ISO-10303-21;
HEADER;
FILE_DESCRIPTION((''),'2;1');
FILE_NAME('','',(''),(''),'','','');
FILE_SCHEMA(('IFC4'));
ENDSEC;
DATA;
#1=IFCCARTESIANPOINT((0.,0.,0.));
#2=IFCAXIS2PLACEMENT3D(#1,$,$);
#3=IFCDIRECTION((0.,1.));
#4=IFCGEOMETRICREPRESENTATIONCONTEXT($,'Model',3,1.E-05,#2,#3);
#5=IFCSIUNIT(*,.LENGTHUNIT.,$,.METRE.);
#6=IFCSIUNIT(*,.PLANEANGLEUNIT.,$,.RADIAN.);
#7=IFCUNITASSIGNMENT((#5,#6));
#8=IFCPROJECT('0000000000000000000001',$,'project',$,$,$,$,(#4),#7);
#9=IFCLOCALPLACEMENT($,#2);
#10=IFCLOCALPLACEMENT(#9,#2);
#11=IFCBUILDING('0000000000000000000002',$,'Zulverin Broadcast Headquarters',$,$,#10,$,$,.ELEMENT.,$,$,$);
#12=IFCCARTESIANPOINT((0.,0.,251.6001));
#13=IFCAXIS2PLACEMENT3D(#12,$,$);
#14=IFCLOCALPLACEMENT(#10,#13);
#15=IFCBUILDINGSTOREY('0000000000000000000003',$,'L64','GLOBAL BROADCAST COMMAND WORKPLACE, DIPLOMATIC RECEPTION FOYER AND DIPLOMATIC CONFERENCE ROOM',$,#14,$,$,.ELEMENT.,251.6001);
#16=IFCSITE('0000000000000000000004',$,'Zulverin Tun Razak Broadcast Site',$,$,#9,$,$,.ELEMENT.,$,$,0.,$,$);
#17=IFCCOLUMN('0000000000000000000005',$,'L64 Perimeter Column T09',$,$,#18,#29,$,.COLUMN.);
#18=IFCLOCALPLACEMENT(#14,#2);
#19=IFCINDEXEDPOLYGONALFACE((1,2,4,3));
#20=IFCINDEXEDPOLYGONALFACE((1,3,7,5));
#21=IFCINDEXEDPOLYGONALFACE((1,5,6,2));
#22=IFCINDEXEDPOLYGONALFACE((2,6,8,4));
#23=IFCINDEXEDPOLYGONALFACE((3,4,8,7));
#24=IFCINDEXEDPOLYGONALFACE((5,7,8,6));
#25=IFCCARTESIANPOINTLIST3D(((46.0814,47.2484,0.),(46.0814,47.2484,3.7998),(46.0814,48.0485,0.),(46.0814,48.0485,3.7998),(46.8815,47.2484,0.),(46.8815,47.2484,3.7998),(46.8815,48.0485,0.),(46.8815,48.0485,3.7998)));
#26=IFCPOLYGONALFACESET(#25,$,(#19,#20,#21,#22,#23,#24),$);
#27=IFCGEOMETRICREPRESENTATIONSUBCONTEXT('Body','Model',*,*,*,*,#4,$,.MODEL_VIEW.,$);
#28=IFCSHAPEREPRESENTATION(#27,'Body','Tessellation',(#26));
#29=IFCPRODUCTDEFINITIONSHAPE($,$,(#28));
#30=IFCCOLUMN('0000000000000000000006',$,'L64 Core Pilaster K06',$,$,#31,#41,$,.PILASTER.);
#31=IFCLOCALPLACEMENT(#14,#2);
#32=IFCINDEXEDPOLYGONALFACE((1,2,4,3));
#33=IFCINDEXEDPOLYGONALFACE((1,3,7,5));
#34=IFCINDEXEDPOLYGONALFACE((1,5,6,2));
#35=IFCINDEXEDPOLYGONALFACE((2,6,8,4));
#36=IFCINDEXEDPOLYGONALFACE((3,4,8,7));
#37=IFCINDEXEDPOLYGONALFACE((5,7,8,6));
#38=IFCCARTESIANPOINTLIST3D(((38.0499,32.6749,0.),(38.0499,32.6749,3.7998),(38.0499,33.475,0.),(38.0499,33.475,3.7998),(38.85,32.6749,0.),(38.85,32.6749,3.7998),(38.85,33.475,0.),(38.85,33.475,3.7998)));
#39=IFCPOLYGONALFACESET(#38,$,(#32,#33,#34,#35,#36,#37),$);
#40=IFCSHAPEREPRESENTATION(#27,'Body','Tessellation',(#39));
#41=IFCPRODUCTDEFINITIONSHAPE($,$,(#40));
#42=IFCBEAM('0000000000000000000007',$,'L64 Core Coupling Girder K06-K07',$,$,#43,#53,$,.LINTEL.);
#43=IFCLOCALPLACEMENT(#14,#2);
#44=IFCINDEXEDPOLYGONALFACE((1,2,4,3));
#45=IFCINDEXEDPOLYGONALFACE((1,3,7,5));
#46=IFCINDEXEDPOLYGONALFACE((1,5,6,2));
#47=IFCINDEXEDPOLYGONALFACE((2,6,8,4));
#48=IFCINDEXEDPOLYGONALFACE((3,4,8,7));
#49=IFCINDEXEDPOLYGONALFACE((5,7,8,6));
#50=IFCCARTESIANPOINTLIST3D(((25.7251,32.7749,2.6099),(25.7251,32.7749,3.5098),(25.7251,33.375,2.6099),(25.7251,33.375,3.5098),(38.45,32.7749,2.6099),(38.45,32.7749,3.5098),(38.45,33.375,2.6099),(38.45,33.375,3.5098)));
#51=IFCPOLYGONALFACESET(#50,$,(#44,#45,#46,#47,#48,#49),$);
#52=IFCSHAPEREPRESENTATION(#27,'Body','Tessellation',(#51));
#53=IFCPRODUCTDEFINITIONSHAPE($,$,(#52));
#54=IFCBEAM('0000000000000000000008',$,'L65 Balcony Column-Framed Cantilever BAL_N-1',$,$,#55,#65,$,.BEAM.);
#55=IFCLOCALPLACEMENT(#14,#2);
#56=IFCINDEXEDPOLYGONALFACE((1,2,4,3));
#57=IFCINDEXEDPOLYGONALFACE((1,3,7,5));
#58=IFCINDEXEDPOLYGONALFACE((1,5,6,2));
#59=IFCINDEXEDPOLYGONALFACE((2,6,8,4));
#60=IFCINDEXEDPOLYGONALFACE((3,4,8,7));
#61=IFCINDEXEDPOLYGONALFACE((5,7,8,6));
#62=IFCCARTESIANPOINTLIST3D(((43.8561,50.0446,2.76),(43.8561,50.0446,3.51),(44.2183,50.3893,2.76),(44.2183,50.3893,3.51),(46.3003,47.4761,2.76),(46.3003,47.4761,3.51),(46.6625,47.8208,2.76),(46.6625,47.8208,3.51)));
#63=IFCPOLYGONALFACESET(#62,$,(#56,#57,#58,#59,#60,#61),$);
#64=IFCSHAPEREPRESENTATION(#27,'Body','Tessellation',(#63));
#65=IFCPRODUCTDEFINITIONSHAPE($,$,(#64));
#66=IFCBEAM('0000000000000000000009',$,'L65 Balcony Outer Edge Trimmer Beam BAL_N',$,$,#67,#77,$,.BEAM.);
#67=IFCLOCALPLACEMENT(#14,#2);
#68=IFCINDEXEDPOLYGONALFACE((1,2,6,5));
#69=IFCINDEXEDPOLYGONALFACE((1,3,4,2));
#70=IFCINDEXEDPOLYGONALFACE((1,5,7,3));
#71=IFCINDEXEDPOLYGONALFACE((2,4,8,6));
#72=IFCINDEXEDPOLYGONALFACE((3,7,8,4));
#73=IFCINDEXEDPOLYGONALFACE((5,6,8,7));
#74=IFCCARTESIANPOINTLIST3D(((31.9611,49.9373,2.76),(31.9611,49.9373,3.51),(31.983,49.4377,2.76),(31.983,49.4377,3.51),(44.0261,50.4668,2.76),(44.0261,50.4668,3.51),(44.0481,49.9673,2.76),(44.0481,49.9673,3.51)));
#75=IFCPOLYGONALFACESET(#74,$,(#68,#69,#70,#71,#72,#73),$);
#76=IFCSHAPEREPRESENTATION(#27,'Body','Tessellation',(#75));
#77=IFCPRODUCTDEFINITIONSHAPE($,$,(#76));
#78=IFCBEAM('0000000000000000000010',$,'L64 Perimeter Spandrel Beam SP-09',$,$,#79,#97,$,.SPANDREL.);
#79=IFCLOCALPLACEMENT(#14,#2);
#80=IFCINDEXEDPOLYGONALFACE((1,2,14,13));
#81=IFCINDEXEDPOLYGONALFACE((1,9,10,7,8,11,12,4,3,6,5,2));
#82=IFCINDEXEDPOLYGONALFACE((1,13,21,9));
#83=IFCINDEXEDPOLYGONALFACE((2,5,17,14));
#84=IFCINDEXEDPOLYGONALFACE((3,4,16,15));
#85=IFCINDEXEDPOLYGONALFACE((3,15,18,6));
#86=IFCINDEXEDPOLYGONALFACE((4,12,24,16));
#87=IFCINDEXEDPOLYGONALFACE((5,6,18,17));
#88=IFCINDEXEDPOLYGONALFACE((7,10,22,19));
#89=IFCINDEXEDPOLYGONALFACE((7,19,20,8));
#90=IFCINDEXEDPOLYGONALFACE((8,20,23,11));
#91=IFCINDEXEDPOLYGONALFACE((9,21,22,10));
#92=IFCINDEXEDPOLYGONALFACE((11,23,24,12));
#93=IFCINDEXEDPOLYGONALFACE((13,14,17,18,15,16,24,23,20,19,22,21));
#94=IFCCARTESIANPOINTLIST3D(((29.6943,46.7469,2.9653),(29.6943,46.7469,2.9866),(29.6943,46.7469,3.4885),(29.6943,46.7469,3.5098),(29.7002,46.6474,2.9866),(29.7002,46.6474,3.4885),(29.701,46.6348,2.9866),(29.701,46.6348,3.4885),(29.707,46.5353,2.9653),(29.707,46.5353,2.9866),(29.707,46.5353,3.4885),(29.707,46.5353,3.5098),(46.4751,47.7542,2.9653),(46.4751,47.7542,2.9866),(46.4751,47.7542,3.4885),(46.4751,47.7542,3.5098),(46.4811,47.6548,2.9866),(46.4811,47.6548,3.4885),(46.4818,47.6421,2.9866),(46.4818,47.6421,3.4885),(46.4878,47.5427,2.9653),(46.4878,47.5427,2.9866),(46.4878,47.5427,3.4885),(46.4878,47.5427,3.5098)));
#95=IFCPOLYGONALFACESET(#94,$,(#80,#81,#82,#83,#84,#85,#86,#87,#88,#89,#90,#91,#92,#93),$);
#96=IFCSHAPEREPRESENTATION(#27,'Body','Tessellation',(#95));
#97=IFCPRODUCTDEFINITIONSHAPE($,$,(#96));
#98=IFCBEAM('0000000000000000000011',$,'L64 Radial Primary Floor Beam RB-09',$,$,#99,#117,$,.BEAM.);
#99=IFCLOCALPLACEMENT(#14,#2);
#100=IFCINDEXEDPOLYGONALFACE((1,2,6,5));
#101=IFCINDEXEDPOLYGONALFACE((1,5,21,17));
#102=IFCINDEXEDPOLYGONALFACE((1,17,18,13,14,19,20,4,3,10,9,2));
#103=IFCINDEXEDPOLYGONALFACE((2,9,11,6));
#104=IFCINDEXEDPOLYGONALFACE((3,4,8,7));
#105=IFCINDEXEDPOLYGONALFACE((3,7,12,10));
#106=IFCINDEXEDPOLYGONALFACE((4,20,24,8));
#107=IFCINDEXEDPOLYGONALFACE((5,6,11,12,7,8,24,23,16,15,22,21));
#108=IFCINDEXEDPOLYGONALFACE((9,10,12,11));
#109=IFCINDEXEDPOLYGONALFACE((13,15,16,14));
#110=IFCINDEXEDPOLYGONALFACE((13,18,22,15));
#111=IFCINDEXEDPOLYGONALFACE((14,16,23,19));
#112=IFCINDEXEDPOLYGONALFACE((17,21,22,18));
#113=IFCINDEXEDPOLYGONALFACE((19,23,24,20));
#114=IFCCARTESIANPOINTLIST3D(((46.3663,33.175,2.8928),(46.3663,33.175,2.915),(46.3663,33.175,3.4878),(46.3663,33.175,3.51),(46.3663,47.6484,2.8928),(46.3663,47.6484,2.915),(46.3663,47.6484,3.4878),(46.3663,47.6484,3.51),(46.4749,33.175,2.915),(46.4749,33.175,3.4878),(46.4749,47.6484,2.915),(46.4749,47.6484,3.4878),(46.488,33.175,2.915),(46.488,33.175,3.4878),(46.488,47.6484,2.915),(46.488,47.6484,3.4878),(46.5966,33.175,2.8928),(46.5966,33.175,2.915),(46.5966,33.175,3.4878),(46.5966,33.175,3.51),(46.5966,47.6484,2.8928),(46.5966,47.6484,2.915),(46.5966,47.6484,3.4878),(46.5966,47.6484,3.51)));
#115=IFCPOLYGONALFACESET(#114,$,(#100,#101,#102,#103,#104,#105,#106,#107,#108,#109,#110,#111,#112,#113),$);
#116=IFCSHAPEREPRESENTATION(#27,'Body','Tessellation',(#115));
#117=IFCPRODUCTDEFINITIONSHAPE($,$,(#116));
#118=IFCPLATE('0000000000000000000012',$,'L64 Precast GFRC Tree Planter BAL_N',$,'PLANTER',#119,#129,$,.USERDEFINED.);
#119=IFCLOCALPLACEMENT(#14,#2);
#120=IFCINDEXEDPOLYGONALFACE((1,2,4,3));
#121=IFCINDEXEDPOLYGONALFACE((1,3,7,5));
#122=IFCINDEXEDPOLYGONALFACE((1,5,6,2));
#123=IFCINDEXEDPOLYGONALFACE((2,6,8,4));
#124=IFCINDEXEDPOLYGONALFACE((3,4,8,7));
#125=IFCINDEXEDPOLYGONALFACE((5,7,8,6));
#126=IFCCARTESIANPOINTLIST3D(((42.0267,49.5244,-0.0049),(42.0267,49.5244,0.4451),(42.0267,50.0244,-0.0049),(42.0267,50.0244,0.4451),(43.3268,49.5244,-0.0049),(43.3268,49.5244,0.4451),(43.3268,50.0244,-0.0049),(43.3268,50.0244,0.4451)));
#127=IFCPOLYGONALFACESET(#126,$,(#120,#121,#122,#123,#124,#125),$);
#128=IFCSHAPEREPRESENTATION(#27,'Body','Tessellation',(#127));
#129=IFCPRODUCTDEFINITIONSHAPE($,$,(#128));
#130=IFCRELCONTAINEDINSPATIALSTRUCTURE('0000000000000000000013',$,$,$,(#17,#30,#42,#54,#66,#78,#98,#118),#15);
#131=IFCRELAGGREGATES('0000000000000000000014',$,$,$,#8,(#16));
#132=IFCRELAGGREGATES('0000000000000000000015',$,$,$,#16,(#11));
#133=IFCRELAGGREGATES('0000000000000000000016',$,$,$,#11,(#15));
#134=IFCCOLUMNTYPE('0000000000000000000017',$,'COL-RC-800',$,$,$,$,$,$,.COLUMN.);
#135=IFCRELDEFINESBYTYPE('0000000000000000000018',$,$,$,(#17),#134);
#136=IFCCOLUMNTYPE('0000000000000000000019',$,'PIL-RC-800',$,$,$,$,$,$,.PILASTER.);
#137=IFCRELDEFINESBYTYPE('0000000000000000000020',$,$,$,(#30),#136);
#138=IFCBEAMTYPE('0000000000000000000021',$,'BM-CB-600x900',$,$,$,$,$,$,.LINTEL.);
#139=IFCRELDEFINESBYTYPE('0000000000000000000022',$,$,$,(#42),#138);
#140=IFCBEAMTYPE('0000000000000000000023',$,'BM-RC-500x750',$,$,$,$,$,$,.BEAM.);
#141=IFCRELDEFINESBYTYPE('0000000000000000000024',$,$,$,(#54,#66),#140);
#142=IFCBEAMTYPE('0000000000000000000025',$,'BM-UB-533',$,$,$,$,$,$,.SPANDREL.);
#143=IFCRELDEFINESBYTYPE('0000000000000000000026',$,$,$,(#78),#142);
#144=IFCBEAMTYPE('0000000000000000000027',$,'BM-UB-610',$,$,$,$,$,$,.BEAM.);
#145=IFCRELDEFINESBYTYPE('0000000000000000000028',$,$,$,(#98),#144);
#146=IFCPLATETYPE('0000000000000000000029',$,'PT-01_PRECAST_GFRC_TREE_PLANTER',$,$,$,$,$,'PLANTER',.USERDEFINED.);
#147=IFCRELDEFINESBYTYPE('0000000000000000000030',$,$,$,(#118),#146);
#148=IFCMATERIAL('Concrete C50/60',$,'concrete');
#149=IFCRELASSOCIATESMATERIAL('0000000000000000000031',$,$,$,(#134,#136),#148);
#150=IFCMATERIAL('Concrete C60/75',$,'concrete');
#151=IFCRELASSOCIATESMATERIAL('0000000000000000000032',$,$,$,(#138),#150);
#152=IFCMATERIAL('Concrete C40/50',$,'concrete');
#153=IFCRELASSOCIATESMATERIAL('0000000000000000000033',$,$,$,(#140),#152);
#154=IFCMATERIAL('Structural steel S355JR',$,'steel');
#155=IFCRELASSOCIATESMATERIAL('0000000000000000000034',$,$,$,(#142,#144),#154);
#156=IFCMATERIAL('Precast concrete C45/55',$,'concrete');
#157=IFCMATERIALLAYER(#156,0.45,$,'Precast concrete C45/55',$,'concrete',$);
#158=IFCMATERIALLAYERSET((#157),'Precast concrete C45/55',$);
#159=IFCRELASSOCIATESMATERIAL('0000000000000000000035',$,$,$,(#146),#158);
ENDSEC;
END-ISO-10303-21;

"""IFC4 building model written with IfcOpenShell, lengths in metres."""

from ifc_helpers import new_model, si_unit, direction, frame, origin, origin_2d, place, context, subcontext, project, spatial, rectangle, i_section, extrude, material, layer, layer_set, material_profile, profile_set, type_object, element, save


model = new_model("IFC4")

# Units and contexts
model_context = context("Model", 3, precision=1e-05, world=origin(), true_north=direction((0.0, 1.0)))
body_context = subcontext(model_context, "Body", "Model", "MODEL_VIEW")
ifc_project = project(units=[si_unit("LENGTHUNIT", "METRE"), si_unit("PLANEANGLEUNIT", "RADIAN")], contexts=[model_context])

# Site, building, storey
site_placement = place(None, origin())
site = spatial("IfcSite", under=ifc_project, at=site_placement, Name="Zulverin Tun Razak Broadcast Site", CompositionType="ELEMENT", RefElevation=0.0)
building_placement = place(site_placement, origin())
building = spatial("IfcBuilding", under=site, at=building_placement, Name="Zulverin Broadcast Headquarters", CompositionType="ELEMENT")
storey_placement = place(building_placement, frame((0.0, 0.0, 251.6001)))
storey = spatial("IfcBuildingStorey", under=building, at=storey_placement, Name="L64", Description="GLOBAL BROADCAST COMMAND WORKPLACE, DIPLOMATIC RECEPTION FOYER AND DIPLOMATIC CONFERENCE ROOM", CompositionType="ELEMENT", Elevation=251.6001)

# Columns
ifc_material_1 = material(Name="Concrete C50/60", Category="concrete")
ifc_material_profile_1 = material_profile(ifc_material_1, rectangle(XDim=0.8, YDim=0.8, at=origin_2d()), Name="Concrete C50/60", Category="concrete")
ifc_profile_set_1 = profile_set([ifc_material_profile_1], Name="Concrete C50/60")
column_type_1 = type_object("IfcColumnType", Name="COL-RC-800", PredefinedType="COLUMN", material=ifc_profile_set_1)
column_1_placement = place(storey_placement, frame((46.4814, 47.6484, 0.0), z_axis=(0.0, 0.0, 1.0), x_axis=(1.0, 0.0, 0.0)))
element("IfcColumn", 1, at=column_1_placement, inside=storey, type_object=column_type_1, Name="L64 Perimeter Column T09", PredefinedType="COLUMN", context=body_context, shape_type="SweptSolid", body=[
    extrude(rectangle(XDim=0.8, YDim=0.8, at=origin_2d()), origin(), (0.0, 0.0, 1.0), 3.7998),
])
ifc_material_profile_2 = material_profile(ifc_material_1, rectangle(XDim=0.8, YDim=0.8, at=origin_2d()), Name="Concrete C50/60", Category="concrete")
ifc_profile_set_2 = profile_set([ifc_material_profile_2], Name="Concrete C50/60")
column_type_2 = type_object("IfcColumnType", Name="PIL-RC-800", PredefinedType="PILASTER", material=ifc_profile_set_2)
column_2_placement = place(storey_placement, frame((38.45, 33.075, 0.0), z_axis=(0.0, 0.0, 1.0), x_axis=(1.0, 0.0, 0.0)))
element("IfcColumn", 2, at=column_2_placement, inside=storey, type_object=column_type_2, Name="L64 Core Pilaster K06", PredefinedType="PILASTER", context=body_context, shape_type="SweptSolid", body=[
    extrude(rectangle(XDim=0.8, YDim=0.8, at=origin_2d()), origin(), (0.0, 0.0, 1.0), 3.7998),
])

# Beams
ifc_material_2 = material(Name="Concrete C60/75", Category="concrete")
ifc_material_profile_3 = material_profile(ifc_material_2, rectangle(XDim=0.6001, YDim=0.8999, at=origin_2d()), Name="Concrete C60/75", Category="concrete")
ifc_profile_set_3 = profile_set([ifc_material_profile_3], Name="Concrete C60/75")
beam_type_1 = type_object("IfcBeamType", Name="BM-CB-600x900", PredefinedType="LINTEL", material=ifc_profile_set_3)
beam_1_placement = place(storey_placement, frame((38.45, 33.075, 3.0598), z_axis=(-1.0, 0.0, 0.0), x_axis=(0.0, -1.0, 0.0)))
element("IfcBeam", 3, at=beam_1_placement, inside=storey, type_object=beam_type_1, Name="L64 Core Coupling Girder K06-K07", PredefinedType="LINTEL", context=body_context, shape_type="SweptSolid", body=[
    extrude(rectangle(XDim=0.6001, YDim=0.8999, at=origin_2d()), origin(), (0.0, 0.0, 1.0), 12.7249),
])
ifc_material_3 = material(Name="Concrete C40/50", Category="concrete")
ifc_material_profile_4 = material_profile(ifc_material_3, rectangle(XDim=0.5, YDim=0.75, at=origin_2d()), Name="Concrete C40/50", Category="concrete")
ifc_profile_set_4 = profile_set([ifc_material_profile_4], Name="Concrete C40/50")
beam_type_2 = type_object("IfcBeamType", Name="BM-RC-500x750", PredefinedType="BEAM", material=ifc_profile_set_4)
beam_2_placement = place(storey_placement, frame((46.4814, 47.6484, 3.135), z_axis=(-0.689366, 0.724413, 0.0), x_axis=(-0.724413, -0.689366, 0.0)))
element("IfcBeam", 4, at=beam_2_placement, inside=storey, type_object=beam_type_2, Name="L65 Balcony Column-Framed Cantilever BAL_N-1", PredefinedType="BEAM", context=body_context, shape_type="SweptSolid", body=[
    extrude(rectangle(XDim=0.5, YDim=0.75, at=origin_2d()), origin(), (0.0, 0.0, 1.0), 3.5457),
])
beam_3_placement = place(storey_placement, frame((44.0371, 50.217, 3.135), z_axis=(-0.999038, -0.043849, 0.0), x_axis=(0.043849, -0.999038, 0.0)))
element("IfcBeam", 5, at=beam_3_placement, inside=storey, type_object=beam_type_2, Name="L65 Balcony Outer Edge Trimmer Beam BAL_N", PredefinedType="BEAM", context=body_context, shape_type="SweptSolid", body=[
    extrude(rectangle(XDim=0.5, YDim=0.75, at=origin_2d()), origin(), (0.0, 0.0, 1.0), 12.0767),
])
ifc_material_4 = material(Name="Structural steel S355JR", Category="steel")
ifc_material_profile_5 = material_profile(ifc_material_4, i_section(OverallWidth=0.2119, OverallDepth=0.5444, WebThickness=0.0127, FlangeThickness=0.0212, at=origin_2d()), Name="Structural steel S355JR", Category="steel")
ifc_profile_set_5 = profile_set([ifc_material_profile_5], Name="Structural steel S355JR")
beam_type_3 = type_object("IfcBeamType", Name="BM-UB-533", PredefinedType="SPANDREL", material=ifc_profile_set_5)
beam_4_placement = place(storey_placement, frame((46.4814, 47.6484, 3.2375), z_axis=(-0.998203, -0.059921, 0.0), x_axis=(0.059921, -0.998203, 0.0)))
element("IfcBeam", 6, at=beam_4_placement, inside=storey, type_object=beam_type_3, Name="L64 Perimeter Spandrel Beam SP-09", PredefinedType="SPANDREL", context=body_context, shape_type="SweptSolid", body=[
    extrude(i_section(OverallWidth=0.2119, OverallDepth=0.5444, WebThickness=0.0127, FlangeThickness=0.0212, at=origin_2d()), origin(), (0.0, 0.0, 1.0), 16.811),
])
ifc_material_profile_6 = material_profile(ifc_material_4, i_section(OverallWidth=0.2302, OverallDepth=0.6172, WebThickness=0.0132, FlangeThickness=0.0222, at=origin_2d()), Name="Structural steel S355JR", Category="steel")
ifc_profile_set_6 = profile_set([ifc_material_profile_6], Name="Structural steel S355JR")
beam_type_4 = type_object("IfcBeamType", Name="BM-UB-610", PredefinedType="BEAM", material=ifc_profile_set_6)
beam_5_placement = place(storey_placement, frame((46.4814, 33.175, 3.2014), z_axis=(0.0, 1.0, 0.0), x_axis=(-1.0, 0.0, 0.0)))
element("IfcBeam", 7, at=beam_5_placement, inside=storey, type_object=beam_type_4, Name="L64 Radial Primary Floor Beam RB-09", PredefinedType="BEAM", context=body_context, shape_type="SweptSolid", body=[
    extrude(i_section(OverallWidth=0.2302, OverallDepth=0.6172, WebThickness=0.0132, FlangeThickness=0.0222, at=origin_2d()), origin(), (0.0, 0.0, 1.0), 14.4734),
])

# Plate
ifc_material_5 = material(Name="Precast concrete C45/55", Category="concrete")
ifc_layer_1 = layer(ifc_material_5, 0.45, Name="Precast concrete C45/55", Category="concrete")
ifc_layer_set_1 = layer_set([ifc_layer_1], Name="Precast concrete C45/55")
plate_type = type_object("IfcPlateType", Name="PT-01_PRECAST_GFRC_TREE_PLANTER", ElementType="PLANTER", PredefinedType="USERDEFINED", material=ifc_layer_set_1)
plate_placement = place(storey_placement, frame((42.6768, 49.7744, -0.0049), z_axis=(0.0, 0.0, 1.0), x_axis=(1.0, 0.0, 0.0)))
element("IfcPlate", 8, at=plate_placement, inside=storey, type_object=plate_type, Name="L64 Precast GFRC Tree Planter BAL_N", ObjectType="PLANTER", PredefinedType="USERDEFINED", context=body_context, shape_type="SweptSolid", body=[
    extrude(rectangle(XDim=1.3, YDim=0.5, at=origin_2d()), origin(), (0.0, 0.0, 1.0), 0.45),
])

save(model, "model.ifc")
